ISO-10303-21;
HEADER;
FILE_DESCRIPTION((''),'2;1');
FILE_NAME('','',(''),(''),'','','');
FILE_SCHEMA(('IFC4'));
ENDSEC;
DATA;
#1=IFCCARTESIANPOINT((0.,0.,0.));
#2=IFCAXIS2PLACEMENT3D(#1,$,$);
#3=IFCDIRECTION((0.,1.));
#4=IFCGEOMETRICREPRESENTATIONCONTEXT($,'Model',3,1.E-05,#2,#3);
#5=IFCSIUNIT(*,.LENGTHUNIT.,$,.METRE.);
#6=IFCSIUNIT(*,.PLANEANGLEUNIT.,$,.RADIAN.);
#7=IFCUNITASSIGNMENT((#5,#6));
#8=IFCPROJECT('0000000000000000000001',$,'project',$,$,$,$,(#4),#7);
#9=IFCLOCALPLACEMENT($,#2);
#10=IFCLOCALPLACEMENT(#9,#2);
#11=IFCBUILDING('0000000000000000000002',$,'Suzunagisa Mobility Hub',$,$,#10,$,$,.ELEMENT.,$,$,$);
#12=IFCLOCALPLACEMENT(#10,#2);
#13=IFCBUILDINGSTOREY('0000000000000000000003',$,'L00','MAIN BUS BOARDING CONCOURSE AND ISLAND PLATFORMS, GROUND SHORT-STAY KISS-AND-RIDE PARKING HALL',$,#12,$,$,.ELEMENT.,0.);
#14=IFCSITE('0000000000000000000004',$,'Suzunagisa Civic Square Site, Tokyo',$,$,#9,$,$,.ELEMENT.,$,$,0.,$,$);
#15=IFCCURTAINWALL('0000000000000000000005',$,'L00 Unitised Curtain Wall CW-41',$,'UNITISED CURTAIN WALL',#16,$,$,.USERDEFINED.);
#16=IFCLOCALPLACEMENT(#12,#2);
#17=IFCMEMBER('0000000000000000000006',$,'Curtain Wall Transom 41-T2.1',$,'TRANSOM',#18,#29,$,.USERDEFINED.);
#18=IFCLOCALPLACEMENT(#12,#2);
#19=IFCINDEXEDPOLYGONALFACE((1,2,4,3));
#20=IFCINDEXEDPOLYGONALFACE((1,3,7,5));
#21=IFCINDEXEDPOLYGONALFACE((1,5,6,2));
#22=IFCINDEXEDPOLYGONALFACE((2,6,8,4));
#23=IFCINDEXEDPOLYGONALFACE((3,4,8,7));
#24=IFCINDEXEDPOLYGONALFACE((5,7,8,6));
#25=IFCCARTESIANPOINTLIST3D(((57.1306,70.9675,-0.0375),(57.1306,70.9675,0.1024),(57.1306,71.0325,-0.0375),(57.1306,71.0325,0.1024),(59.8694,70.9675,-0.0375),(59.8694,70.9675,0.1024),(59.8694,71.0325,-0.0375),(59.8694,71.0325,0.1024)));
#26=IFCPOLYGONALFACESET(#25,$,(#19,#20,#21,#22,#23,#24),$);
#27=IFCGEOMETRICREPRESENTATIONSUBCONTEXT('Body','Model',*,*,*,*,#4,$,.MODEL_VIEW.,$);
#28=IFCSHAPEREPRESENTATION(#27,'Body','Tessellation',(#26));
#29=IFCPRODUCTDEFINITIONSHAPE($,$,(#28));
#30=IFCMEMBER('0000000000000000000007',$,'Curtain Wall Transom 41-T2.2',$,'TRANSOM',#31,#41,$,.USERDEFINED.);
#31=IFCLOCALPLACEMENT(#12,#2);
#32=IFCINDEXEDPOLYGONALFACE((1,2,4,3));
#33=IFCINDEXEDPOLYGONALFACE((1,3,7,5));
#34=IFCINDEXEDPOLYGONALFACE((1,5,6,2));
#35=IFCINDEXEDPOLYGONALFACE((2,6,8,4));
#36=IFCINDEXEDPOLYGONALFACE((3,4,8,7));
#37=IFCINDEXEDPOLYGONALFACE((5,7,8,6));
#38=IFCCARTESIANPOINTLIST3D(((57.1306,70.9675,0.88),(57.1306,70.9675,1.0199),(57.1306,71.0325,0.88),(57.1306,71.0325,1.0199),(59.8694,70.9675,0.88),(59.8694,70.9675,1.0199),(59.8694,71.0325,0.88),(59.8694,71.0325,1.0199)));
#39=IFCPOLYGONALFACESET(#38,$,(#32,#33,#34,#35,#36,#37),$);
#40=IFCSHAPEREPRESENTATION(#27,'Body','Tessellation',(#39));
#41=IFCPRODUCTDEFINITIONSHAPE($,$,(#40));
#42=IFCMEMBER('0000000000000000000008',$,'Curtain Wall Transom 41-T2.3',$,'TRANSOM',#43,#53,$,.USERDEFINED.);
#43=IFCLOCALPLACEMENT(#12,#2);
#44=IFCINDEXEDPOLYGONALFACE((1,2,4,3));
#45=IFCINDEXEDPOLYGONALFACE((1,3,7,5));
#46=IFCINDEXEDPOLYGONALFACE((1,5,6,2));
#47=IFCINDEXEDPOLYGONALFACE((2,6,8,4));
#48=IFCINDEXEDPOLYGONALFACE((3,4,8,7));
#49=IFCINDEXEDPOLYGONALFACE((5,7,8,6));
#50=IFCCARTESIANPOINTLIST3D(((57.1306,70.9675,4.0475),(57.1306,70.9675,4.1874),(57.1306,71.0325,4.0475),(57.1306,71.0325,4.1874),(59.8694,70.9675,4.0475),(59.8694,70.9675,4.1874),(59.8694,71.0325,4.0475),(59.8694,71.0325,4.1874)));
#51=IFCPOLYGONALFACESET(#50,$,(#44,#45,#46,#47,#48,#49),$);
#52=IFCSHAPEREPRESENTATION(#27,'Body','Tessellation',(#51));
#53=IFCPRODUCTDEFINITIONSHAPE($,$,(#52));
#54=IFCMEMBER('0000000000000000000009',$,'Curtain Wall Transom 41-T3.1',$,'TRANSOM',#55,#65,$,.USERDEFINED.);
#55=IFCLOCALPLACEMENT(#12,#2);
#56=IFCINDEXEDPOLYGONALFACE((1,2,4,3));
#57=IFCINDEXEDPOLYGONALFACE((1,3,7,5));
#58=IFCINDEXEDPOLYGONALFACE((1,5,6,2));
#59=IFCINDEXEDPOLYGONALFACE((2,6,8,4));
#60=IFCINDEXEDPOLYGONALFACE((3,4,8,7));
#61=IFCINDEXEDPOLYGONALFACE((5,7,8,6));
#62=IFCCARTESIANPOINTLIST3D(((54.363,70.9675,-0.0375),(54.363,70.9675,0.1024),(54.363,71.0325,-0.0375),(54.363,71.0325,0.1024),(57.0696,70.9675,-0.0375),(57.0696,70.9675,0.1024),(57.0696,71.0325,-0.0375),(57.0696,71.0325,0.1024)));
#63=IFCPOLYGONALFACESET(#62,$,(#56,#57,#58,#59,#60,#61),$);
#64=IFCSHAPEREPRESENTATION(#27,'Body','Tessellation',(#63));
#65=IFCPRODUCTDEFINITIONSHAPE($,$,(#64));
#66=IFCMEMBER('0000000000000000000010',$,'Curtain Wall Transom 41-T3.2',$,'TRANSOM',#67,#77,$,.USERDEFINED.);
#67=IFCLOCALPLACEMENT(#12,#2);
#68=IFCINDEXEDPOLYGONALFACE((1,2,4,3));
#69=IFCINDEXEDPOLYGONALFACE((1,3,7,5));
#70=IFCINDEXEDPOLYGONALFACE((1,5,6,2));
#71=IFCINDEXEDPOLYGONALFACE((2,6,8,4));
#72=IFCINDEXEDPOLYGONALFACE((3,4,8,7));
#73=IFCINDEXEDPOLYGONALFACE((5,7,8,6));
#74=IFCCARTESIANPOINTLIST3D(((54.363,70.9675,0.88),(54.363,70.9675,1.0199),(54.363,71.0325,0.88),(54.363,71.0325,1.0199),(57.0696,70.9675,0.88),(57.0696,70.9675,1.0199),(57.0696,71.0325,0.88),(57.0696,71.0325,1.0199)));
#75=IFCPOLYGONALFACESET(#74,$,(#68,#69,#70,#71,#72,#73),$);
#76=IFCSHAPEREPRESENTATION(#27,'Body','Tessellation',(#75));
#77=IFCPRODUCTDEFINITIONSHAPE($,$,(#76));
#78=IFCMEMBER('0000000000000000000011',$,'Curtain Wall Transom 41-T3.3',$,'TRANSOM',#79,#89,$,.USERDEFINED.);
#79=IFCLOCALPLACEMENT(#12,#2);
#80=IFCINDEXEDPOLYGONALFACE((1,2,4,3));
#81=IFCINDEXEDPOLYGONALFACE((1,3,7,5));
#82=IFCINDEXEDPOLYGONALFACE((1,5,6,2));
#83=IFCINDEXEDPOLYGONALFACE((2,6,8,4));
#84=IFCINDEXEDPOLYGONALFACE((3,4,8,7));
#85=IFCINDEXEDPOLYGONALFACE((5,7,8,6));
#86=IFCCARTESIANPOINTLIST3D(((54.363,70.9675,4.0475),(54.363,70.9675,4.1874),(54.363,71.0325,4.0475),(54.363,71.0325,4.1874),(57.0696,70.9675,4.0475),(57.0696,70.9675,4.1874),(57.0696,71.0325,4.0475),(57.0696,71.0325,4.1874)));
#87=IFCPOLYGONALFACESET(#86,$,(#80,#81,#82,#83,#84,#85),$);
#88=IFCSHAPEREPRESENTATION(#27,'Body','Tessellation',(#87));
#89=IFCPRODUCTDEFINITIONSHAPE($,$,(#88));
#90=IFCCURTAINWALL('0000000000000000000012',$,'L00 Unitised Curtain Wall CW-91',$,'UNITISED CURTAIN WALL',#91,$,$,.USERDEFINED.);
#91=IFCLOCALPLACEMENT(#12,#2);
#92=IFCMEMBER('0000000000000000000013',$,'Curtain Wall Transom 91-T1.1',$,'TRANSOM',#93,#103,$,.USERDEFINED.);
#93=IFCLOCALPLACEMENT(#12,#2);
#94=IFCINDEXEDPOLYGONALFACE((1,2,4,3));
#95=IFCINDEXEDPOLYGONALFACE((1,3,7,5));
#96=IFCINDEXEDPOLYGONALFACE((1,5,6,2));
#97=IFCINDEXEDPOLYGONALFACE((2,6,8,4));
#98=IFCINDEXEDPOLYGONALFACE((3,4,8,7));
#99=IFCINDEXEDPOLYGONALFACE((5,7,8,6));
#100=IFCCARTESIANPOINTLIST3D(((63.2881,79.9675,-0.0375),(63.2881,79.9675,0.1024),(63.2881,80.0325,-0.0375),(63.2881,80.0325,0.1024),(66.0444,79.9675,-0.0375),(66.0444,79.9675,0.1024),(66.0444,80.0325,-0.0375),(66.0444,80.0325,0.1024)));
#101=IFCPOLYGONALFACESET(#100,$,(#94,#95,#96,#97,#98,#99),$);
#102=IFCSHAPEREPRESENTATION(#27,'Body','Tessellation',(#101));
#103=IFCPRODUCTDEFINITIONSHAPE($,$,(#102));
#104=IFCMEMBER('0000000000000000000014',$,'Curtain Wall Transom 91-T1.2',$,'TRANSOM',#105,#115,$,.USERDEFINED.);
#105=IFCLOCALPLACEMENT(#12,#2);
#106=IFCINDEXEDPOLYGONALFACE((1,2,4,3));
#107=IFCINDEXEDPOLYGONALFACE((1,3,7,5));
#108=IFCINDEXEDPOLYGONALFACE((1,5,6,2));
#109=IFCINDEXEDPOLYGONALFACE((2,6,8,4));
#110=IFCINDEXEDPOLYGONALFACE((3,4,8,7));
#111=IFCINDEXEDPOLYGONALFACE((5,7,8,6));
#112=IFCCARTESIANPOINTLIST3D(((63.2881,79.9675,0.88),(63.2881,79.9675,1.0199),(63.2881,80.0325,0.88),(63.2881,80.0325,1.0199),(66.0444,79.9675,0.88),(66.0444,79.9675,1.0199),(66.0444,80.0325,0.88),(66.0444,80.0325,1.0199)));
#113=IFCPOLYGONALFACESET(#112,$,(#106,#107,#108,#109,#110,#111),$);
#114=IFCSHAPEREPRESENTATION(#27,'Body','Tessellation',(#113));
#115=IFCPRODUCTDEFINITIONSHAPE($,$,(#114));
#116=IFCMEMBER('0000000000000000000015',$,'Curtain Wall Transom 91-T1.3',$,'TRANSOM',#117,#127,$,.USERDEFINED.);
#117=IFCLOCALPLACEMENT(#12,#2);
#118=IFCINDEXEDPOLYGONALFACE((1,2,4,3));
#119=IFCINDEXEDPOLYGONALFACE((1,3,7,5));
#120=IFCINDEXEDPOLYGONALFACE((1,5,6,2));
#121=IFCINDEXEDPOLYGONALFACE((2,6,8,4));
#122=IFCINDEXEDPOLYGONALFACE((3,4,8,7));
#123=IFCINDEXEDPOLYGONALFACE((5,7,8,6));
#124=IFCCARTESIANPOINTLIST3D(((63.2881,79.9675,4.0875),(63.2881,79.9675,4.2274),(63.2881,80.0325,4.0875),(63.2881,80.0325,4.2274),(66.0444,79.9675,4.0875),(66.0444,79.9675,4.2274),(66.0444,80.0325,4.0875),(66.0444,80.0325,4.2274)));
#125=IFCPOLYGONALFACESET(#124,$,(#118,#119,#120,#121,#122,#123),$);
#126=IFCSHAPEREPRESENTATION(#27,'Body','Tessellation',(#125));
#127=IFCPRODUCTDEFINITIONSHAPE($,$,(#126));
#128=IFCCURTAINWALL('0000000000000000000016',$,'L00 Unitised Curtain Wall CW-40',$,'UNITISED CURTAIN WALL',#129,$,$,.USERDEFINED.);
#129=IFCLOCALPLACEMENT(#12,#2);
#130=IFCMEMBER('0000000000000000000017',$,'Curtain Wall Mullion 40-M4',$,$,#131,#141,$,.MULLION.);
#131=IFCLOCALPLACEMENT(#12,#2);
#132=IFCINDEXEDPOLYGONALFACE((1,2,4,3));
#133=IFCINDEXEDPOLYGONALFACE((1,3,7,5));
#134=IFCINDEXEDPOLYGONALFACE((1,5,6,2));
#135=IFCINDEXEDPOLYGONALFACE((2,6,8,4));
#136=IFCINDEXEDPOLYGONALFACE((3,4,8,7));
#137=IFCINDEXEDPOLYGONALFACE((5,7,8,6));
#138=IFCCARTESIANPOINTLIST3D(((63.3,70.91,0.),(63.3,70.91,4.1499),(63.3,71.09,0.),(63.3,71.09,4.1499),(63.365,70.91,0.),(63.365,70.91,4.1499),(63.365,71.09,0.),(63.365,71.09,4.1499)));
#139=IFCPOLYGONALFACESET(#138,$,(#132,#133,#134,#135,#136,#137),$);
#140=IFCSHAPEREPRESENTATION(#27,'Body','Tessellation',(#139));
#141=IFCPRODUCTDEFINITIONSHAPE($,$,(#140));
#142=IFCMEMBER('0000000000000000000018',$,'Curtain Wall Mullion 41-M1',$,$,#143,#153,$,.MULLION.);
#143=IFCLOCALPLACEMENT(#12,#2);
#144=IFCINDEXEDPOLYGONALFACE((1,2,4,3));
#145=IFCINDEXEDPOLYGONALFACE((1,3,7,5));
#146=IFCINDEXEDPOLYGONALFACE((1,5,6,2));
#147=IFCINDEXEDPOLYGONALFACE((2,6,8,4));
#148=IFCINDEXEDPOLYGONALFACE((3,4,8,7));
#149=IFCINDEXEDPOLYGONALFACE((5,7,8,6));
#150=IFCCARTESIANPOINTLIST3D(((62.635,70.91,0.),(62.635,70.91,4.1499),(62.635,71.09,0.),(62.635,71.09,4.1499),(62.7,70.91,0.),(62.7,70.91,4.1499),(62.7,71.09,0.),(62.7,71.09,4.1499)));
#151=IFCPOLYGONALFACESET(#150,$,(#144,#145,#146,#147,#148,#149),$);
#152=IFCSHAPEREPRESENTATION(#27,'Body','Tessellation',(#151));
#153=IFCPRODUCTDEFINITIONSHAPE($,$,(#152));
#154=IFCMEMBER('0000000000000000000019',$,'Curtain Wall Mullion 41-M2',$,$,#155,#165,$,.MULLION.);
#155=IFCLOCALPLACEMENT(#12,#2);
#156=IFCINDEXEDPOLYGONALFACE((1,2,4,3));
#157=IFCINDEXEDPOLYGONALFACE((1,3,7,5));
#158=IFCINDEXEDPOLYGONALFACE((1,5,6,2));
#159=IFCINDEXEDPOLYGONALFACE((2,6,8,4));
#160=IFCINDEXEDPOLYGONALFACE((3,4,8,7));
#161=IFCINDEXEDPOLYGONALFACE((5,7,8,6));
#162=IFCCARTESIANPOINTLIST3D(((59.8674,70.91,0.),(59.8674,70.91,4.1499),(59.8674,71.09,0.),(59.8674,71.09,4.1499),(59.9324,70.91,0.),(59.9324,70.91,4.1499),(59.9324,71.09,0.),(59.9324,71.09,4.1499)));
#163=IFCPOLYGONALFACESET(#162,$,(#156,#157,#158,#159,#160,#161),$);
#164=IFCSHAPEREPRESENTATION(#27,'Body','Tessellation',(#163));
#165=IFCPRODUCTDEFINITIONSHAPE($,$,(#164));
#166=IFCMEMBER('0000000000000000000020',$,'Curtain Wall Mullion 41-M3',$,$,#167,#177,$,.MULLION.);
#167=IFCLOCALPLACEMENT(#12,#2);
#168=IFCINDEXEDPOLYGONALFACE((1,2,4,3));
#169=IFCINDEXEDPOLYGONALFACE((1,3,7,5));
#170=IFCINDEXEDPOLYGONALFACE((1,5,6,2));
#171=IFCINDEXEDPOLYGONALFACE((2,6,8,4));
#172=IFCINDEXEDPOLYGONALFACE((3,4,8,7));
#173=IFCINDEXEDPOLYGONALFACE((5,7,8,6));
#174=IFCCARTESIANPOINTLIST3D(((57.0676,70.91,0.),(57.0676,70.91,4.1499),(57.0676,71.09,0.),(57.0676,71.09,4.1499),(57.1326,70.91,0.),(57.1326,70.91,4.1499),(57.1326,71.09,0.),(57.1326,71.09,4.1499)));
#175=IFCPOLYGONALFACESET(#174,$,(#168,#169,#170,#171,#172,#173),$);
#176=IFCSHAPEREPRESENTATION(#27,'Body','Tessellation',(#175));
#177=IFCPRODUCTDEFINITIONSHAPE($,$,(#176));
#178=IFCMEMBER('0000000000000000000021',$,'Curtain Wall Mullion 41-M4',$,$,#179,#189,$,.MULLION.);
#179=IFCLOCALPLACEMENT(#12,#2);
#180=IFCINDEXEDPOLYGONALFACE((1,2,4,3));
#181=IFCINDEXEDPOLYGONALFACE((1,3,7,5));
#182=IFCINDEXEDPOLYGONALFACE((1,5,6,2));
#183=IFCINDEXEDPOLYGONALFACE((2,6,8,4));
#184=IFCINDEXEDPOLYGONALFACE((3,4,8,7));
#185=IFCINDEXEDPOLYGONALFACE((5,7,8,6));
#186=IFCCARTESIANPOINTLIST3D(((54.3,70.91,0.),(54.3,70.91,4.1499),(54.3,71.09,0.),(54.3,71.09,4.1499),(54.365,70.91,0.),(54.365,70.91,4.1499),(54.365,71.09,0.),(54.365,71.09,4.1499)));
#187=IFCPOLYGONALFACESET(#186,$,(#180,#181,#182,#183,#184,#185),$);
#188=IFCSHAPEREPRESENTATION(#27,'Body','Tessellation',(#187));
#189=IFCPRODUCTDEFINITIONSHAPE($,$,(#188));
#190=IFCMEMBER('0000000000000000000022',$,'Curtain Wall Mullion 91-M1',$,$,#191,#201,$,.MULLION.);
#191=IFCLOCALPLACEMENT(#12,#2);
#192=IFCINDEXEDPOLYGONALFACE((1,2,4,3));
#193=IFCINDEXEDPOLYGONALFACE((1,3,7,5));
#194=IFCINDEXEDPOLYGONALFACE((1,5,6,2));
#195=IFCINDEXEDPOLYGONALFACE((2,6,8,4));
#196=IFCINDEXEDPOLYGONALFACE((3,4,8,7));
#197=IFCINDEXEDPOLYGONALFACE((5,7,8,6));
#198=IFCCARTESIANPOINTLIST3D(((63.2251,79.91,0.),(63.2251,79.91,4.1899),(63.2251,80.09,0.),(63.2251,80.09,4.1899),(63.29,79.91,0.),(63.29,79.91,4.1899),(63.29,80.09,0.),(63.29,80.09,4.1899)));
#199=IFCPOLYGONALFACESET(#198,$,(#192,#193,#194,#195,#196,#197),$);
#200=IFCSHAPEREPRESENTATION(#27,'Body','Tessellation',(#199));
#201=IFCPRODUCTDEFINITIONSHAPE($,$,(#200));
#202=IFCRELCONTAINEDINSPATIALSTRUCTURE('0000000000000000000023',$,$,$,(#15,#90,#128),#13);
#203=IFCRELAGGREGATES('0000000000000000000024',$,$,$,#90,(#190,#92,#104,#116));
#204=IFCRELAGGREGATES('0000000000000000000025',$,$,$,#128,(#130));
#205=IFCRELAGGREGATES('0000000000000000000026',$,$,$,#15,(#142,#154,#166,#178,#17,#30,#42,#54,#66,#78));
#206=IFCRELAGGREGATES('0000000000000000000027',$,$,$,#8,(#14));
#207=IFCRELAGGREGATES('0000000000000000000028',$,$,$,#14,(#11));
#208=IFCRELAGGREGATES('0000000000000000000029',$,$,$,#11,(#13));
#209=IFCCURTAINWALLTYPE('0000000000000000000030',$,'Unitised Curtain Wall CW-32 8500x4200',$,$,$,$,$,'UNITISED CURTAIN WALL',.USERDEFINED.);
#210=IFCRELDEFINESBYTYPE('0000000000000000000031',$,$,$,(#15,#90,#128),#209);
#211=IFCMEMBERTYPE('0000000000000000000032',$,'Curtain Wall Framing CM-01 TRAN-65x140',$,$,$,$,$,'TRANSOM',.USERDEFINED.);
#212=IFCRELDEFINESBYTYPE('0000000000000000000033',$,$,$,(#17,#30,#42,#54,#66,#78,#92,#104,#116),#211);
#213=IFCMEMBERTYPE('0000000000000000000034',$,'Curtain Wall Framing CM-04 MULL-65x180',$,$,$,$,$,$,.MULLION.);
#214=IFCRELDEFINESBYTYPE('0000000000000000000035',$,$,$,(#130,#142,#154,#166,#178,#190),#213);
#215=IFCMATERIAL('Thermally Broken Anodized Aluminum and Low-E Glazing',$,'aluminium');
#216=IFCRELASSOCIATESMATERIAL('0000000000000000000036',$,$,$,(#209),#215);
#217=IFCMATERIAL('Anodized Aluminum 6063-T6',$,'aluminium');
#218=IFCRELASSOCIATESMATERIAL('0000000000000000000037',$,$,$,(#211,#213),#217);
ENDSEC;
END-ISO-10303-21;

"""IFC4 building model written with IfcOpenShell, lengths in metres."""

from ifc_helpers import new_model, si_unit, direction, frame, origin, origin_2d, place, context, subcontext, project, spatial, rectangle, extrude, material, material_profile, profile_set, type_object, element, aggregate, save


model = new_model("IFC4")

# Units and contexts
model_context = context("Model", 3, precision=1e-05, world=origin(), true_north=direction((0.0, 1.0)))
body_context = subcontext(model_context, "Body", "Model", "MODEL_VIEW")
ifc_project = project(units=[si_unit("LENGTHUNIT", "METRE"), si_unit("PLANEANGLEUNIT", "RADIAN")], contexts=[model_context])

# Site, building, storey
site_placement = place(None, origin())
site = spatial("IfcSite", under=ifc_project, at=site_placement, Name="Suzunagisa Civic Square Site, Tokyo", CompositionType="ELEMENT", RefElevation=0.0)
building_placement = place(site_placement, origin())
building = spatial("IfcBuilding", under=site, at=building_placement, Name="Suzunagisa Mobility Hub", CompositionType="ELEMENT")
storey_placement = place(building_placement, origin())
storey = spatial("IfcBuildingStorey", under=building, at=storey_placement, Name="L00", Description="MAIN BUS BOARDING CONCOURSE AND ISLAND PLATFORMS, GROUND SHORT-STAY KISS-AND-RIDE PARKING HALL", CompositionType="ELEMENT", Elevation=0.0)

# Curtain walls, members
ifc_material_1 = material(Name="Thermally Broken Anodized Aluminum and Low-E Glazing", Category="aluminium")
curtain_wall_type = type_object("IfcCurtainWallType", Name="Unitised Curtain Wall CW-32 8500x4200", ElementType="UNITISED CURTAIN WALL", PredefinedType="USERDEFINED", material=ifc_material_1)
curtain_wall_1_placement = place(storey_placement, origin())
curtain_wall_1 = element("IfcCurtainWall", 1, at=curtain_wall_1_placement, inside=storey, type_object=curtain_wall_type, Name="L00 Unitised Curtain Wall CW-41", ObjectType="UNITISED CURTAIN WALL", PredefinedType="USERDEFINED")
ifc_material_2 = material(Name="Anodized Aluminum 6063-T6", Category="aluminium")
ifc_material_profile_1 = material_profile(ifc_material_2, rectangle(XDim=0.0649, YDim=0.1399, at=origin_2d()), Name="TRAN-65x140")
ifc_profile_set_1 = profile_set([ifc_material_profile_1], Name="Anodized Aluminum 6063-T6")
member_type_1 = type_object("IfcMemberType", Name="Curtain Wall Framing CM-01 TRAN-65x140", ElementType="TRANSOM", PredefinedType="USERDEFINED", material=ifc_profile_set_1)
member_1_placement = place(storey_placement, frame((59.8694, 71.0, 0.0325), z_axis=(-1.0, 0.0, 0.0), x_axis=(0.0, -1.0, 0.0)))
member_1 = element("IfcMember", 2, at=member_1_placement, type_object=member_type_1, Name="Curtain Wall Transom 41-T2.1", ObjectType="TRANSOM", PredefinedType="USERDEFINED", context=body_context, shape_type="SweptSolid", body=[
    extrude(rectangle(XDim=0.0649, YDim=0.1399, at=origin_2d()), origin(), (0.0, 0.0, 1.0), 2.7388),
])
member_2_placement = place(storey_placement, frame((59.8694, 71.0, 0.95), z_axis=(-1.0, 0.0, 0.0), x_axis=(0.0, -1.0, 0.0)))
member_2 = element("IfcMember", 3, at=member_2_placement, type_object=member_type_1, Name="Curtain Wall Transom 41-T2.2", ObjectType="TRANSOM", PredefinedType="USERDEFINED", context=body_context, shape_type="SweptSolid", body=[
    extrude(rectangle(XDim=0.0649, YDim=0.1399, at=origin_2d()), origin(), (0.0, 0.0, 1.0), 2.7388),
])
member_3_placement = place(storey_placement, frame((59.8694, 71.0, 4.1174), z_axis=(-1.0, 0.0, 0.0), x_axis=(0.0, -1.0, 0.0)))
member_3 = element("IfcMember", 4, at=member_3_placement, type_object=member_type_1, Name="Curtain Wall Transom 41-T2.3", ObjectType="TRANSOM", PredefinedType="USERDEFINED", context=body_context, shape_type="SweptSolid", body=[
    extrude(rectangle(XDim=0.0649, YDim=0.1399, at=origin_2d()), origin(), (0.0, 0.0, 1.0), 2.7388),
])
member_4_placement = place(storey_placement, frame((57.0696, 71.0, 0.0325), z_axis=(-1.0, 0.0, 0.0), x_axis=(0.0, -1.0, 0.0)))
member_4 = element("IfcMember", 5, at=member_4_placement, type_object=member_type_1, Name="Curtain Wall Transom 41-T3.1", ObjectType="TRANSOM", PredefinedType="USERDEFINED", context=body_context, shape_type="SweptSolid", body=[
    extrude(rectangle(XDim=0.0649, YDim=0.1399, at=origin_2d()), origin(), (0.0, 0.0, 1.0), 2.7065),
])
member_5_placement = place(storey_placement, frame((57.0696, 71.0, 0.95), z_axis=(-1.0, 0.0, 0.0), x_axis=(0.0, -1.0, 0.0)))
member_5 = element("IfcMember", 6, at=member_5_placement, type_object=member_type_1, Name="Curtain Wall Transom 41-T3.2", ObjectType="TRANSOM", PredefinedType="USERDEFINED", context=body_context, shape_type="SweptSolid", body=[
    extrude(rectangle(XDim=0.0649, YDim=0.1399, at=origin_2d()), origin(), (0.0, 0.0, 1.0), 2.7065),
])
member_6_placement = place(storey_placement, frame((57.0696, 71.0, 4.1174), z_axis=(-1.0, 0.0, 0.0), x_axis=(0.0, -1.0, 0.0)))
member_6 = element("IfcMember", 7, at=member_6_placement, type_object=member_type_1, Name="Curtain Wall Transom 41-T3.3", ObjectType="TRANSOM", PredefinedType="USERDEFINED", context=body_context, shape_type="SweptSolid", body=[
    extrude(rectangle(XDim=0.0649, YDim=0.1399, at=origin_2d()), origin(), (0.0, 0.0, 1.0), 2.7065),
])
curtain_wall_2_placement = place(storey_placement, origin())
curtain_wall_2 = element("IfcCurtainWall", 8, at=curtain_wall_2_placement, inside=storey, type_object=curtain_wall_type, Name="L00 Unitised Curtain Wall CW-91", ObjectType="UNITISED CURTAIN WALL", PredefinedType="USERDEFINED")
member_7_placement = place(storey_placement, frame((63.2881, 80.0, 0.0325), z_axis=(1.0, 0.0, 0.0), x_axis=(0.0, 1.0, 0.0)))
member_7 = element("IfcMember", 9, at=member_7_placement, type_object=member_type_1, Name="Curtain Wall Transom 91-T1.1", ObjectType="TRANSOM", PredefinedType="USERDEFINED", context=body_context, shape_type="SweptSolid", body=[
    extrude(rectangle(XDim=0.0649, YDim=0.1399, at=origin_2d()), origin(), (0.0, 0.0, 1.0), 2.7563),
])
member_8_placement = place(storey_placement, frame((63.2881, 80.0, 0.95), z_axis=(1.0, 0.0, 0.0), x_axis=(0.0, 1.0, 0.0)))
member_8 = element("IfcMember", 10, at=member_8_placement, type_object=member_type_1, Name="Curtain Wall Transom 91-T1.2", ObjectType="TRANSOM", PredefinedType="USERDEFINED", context=body_context, shape_type="SweptSolid", body=[
    extrude(rectangle(XDim=0.0649, YDim=0.1399, at=origin_2d()), origin(), (0.0, 0.0, 1.0), 2.7563),
])
member_9_placement = place(storey_placement, frame((63.2881, 80.0, 4.1575), z_axis=(1.0, 0.0, 0.0), x_axis=(0.0, 1.0, 0.0)))
member_9 = element("IfcMember", 11, at=member_9_placement, type_object=member_type_1, Name="Curtain Wall Transom 91-T1.3", ObjectType="TRANSOM", PredefinedType="USERDEFINED", context=body_context, shape_type="SweptSolid", body=[
    extrude(rectangle(XDim=0.0649, YDim=0.1399, at=origin_2d()), origin(), (0.0, 0.0, 1.0), 2.7563),
])

# Curtain wall, member
curtain_wall_3_placement = place(storey_placement, origin())
curtain_wall_3 = element("IfcCurtainWall", 12, at=curtain_wall_3_placement, inside=storey, type_object=curtain_wall_type, Name="L00 Unitised Curtain Wall CW-40", ObjectType="UNITISED CURTAIN WALL", PredefinedType="USERDEFINED")
ifc_material_profile_2 = material_profile(ifc_material_2, rectangle(XDim=0.0649, YDim=0.1799, at=origin_2d()), Name="MULL-65x180")
ifc_profile_set_2 = profile_set([ifc_material_profile_2], Name="Anodized Aluminum 6063-T6")
member_type_2 = type_object("IfcMemberType", Name="Curtain Wall Framing CM-04 MULL-65x180", PredefinedType="MULLION", material=ifc_profile_set_2)
member_10_placement = place(storey_placement, frame((63.3325, 71.0, 0.0), z_axis=(0.0, 0.0, 1.0), x_axis=(-1.0, 0.0, 0.0)))
member_10 = element("IfcMember", 13, at=member_10_placement, type_object=member_type_2, Name="Curtain Wall Mullion 40-M4", PredefinedType="MULLION", context=body_context, shape_type="SweptSolid", body=[
    extrude(rectangle(XDim=0.0649, YDim=0.1799, at=origin_2d()), origin(), (0.0, 0.0, 1.0), 4.1499),
])

# Members
member_11_placement = place(storey_placement, frame((62.6675, 71.0, 0.0), z_axis=(0.0, 0.0, 1.0), x_axis=(-1.0, 0.0, 0.0)))
member_11 = element("IfcMember", 14, at=member_11_placement, type_object=member_type_2, Name="Curtain Wall Mullion 41-M1", PredefinedType="MULLION", context=body_context, shape_type="SweptSolid", body=[
    extrude(rectangle(XDim=0.0649, YDim=0.1799, at=origin_2d()), origin(), (0.0, 0.0, 1.0), 4.1499),
])
member_12_placement = place(storey_placement, frame((59.8999, 71.0, 0.0), z_axis=(0.0, 0.0, 1.0), x_axis=(-1.0, 0.0, 0.0)))
member_12 = element("IfcMember", 15, at=member_12_placement, type_object=member_type_2, Name="Curtain Wall Mullion 41-M2", PredefinedType="MULLION", context=body_context, shape_type="SweptSolid", body=[
    extrude(rectangle(XDim=0.0649, YDim=0.1799, at=origin_2d()), origin(), (0.0, 0.0, 1.0), 4.1499),
])
member_13_placement = place(storey_placement, frame((57.1001, 71.0, 0.0), z_axis=(0.0, 0.0, 1.0), x_axis=(-1.0, 0.0, 0.0)))
member_13 = element("IfcMember", 16, at=member_13_placement, type_object=member_type_2, Name="Curtain Wall Mullion 41-M3", PredefinedType="MULLION", context=body_context, shape_type="SweptSolid", body=[
    extrude(rectangle(XDim=0.0649, YDim=0.1799, at=origin_2d()), origin(), (0.0, 0.0, 1.0), 4.1499),
])
member_14_placement = place(storey_placement, frame((54.3325, 71.0, 0.0), z_axis=(0.0, 0.0, 1.0), x_axis=(-1.0, 0.0, 0.0)))
member_14 = element("IfcMember", 17, at=member_14_placement, type_object=member_type_2, Name="Curtain Wall Mullion 41-M4", PredefinedType="MULLION", context=body_context, shape_type="SweptSolid", body=[
    extrude(rectangle(XDim=0.0649, YDim=0.1799, at=origin_2d()), origin(), (0.0, 0.0, 1.0), 4.1499),
])
member_15_placement = place(storey_placement, frame((63.2576, 80.0, 0.0), z_axis=(0.0, 0.0, 1.0), x_axis=(1.0, 0.0, 0.0)))
member_15 = element("IfcMember", 18, at=member_15_placement, type_object=member_type_2, Name="Curtain Wall Mullion 91-M1", PredefinedType="MULLION", context=body_context, shape_type="SweptSolid", body=[
    extrude(rectangle(XDim=0.0649, YDim=0.1799, at=origin_2d()), origin(), (0.0, 0.0, 1.0), 4.1899),
])

aggregate(curtain_wall_2, [member_15, member_7, member_8, member_9])
aggregate(curtain_wall_3, [member_10])
aggregate(curtain_wall_1, [member_11, member_12, member_13, member_14, member_1, member_2, member_3, member_4, member_5, member_6])

save(model, "model.ifc")
